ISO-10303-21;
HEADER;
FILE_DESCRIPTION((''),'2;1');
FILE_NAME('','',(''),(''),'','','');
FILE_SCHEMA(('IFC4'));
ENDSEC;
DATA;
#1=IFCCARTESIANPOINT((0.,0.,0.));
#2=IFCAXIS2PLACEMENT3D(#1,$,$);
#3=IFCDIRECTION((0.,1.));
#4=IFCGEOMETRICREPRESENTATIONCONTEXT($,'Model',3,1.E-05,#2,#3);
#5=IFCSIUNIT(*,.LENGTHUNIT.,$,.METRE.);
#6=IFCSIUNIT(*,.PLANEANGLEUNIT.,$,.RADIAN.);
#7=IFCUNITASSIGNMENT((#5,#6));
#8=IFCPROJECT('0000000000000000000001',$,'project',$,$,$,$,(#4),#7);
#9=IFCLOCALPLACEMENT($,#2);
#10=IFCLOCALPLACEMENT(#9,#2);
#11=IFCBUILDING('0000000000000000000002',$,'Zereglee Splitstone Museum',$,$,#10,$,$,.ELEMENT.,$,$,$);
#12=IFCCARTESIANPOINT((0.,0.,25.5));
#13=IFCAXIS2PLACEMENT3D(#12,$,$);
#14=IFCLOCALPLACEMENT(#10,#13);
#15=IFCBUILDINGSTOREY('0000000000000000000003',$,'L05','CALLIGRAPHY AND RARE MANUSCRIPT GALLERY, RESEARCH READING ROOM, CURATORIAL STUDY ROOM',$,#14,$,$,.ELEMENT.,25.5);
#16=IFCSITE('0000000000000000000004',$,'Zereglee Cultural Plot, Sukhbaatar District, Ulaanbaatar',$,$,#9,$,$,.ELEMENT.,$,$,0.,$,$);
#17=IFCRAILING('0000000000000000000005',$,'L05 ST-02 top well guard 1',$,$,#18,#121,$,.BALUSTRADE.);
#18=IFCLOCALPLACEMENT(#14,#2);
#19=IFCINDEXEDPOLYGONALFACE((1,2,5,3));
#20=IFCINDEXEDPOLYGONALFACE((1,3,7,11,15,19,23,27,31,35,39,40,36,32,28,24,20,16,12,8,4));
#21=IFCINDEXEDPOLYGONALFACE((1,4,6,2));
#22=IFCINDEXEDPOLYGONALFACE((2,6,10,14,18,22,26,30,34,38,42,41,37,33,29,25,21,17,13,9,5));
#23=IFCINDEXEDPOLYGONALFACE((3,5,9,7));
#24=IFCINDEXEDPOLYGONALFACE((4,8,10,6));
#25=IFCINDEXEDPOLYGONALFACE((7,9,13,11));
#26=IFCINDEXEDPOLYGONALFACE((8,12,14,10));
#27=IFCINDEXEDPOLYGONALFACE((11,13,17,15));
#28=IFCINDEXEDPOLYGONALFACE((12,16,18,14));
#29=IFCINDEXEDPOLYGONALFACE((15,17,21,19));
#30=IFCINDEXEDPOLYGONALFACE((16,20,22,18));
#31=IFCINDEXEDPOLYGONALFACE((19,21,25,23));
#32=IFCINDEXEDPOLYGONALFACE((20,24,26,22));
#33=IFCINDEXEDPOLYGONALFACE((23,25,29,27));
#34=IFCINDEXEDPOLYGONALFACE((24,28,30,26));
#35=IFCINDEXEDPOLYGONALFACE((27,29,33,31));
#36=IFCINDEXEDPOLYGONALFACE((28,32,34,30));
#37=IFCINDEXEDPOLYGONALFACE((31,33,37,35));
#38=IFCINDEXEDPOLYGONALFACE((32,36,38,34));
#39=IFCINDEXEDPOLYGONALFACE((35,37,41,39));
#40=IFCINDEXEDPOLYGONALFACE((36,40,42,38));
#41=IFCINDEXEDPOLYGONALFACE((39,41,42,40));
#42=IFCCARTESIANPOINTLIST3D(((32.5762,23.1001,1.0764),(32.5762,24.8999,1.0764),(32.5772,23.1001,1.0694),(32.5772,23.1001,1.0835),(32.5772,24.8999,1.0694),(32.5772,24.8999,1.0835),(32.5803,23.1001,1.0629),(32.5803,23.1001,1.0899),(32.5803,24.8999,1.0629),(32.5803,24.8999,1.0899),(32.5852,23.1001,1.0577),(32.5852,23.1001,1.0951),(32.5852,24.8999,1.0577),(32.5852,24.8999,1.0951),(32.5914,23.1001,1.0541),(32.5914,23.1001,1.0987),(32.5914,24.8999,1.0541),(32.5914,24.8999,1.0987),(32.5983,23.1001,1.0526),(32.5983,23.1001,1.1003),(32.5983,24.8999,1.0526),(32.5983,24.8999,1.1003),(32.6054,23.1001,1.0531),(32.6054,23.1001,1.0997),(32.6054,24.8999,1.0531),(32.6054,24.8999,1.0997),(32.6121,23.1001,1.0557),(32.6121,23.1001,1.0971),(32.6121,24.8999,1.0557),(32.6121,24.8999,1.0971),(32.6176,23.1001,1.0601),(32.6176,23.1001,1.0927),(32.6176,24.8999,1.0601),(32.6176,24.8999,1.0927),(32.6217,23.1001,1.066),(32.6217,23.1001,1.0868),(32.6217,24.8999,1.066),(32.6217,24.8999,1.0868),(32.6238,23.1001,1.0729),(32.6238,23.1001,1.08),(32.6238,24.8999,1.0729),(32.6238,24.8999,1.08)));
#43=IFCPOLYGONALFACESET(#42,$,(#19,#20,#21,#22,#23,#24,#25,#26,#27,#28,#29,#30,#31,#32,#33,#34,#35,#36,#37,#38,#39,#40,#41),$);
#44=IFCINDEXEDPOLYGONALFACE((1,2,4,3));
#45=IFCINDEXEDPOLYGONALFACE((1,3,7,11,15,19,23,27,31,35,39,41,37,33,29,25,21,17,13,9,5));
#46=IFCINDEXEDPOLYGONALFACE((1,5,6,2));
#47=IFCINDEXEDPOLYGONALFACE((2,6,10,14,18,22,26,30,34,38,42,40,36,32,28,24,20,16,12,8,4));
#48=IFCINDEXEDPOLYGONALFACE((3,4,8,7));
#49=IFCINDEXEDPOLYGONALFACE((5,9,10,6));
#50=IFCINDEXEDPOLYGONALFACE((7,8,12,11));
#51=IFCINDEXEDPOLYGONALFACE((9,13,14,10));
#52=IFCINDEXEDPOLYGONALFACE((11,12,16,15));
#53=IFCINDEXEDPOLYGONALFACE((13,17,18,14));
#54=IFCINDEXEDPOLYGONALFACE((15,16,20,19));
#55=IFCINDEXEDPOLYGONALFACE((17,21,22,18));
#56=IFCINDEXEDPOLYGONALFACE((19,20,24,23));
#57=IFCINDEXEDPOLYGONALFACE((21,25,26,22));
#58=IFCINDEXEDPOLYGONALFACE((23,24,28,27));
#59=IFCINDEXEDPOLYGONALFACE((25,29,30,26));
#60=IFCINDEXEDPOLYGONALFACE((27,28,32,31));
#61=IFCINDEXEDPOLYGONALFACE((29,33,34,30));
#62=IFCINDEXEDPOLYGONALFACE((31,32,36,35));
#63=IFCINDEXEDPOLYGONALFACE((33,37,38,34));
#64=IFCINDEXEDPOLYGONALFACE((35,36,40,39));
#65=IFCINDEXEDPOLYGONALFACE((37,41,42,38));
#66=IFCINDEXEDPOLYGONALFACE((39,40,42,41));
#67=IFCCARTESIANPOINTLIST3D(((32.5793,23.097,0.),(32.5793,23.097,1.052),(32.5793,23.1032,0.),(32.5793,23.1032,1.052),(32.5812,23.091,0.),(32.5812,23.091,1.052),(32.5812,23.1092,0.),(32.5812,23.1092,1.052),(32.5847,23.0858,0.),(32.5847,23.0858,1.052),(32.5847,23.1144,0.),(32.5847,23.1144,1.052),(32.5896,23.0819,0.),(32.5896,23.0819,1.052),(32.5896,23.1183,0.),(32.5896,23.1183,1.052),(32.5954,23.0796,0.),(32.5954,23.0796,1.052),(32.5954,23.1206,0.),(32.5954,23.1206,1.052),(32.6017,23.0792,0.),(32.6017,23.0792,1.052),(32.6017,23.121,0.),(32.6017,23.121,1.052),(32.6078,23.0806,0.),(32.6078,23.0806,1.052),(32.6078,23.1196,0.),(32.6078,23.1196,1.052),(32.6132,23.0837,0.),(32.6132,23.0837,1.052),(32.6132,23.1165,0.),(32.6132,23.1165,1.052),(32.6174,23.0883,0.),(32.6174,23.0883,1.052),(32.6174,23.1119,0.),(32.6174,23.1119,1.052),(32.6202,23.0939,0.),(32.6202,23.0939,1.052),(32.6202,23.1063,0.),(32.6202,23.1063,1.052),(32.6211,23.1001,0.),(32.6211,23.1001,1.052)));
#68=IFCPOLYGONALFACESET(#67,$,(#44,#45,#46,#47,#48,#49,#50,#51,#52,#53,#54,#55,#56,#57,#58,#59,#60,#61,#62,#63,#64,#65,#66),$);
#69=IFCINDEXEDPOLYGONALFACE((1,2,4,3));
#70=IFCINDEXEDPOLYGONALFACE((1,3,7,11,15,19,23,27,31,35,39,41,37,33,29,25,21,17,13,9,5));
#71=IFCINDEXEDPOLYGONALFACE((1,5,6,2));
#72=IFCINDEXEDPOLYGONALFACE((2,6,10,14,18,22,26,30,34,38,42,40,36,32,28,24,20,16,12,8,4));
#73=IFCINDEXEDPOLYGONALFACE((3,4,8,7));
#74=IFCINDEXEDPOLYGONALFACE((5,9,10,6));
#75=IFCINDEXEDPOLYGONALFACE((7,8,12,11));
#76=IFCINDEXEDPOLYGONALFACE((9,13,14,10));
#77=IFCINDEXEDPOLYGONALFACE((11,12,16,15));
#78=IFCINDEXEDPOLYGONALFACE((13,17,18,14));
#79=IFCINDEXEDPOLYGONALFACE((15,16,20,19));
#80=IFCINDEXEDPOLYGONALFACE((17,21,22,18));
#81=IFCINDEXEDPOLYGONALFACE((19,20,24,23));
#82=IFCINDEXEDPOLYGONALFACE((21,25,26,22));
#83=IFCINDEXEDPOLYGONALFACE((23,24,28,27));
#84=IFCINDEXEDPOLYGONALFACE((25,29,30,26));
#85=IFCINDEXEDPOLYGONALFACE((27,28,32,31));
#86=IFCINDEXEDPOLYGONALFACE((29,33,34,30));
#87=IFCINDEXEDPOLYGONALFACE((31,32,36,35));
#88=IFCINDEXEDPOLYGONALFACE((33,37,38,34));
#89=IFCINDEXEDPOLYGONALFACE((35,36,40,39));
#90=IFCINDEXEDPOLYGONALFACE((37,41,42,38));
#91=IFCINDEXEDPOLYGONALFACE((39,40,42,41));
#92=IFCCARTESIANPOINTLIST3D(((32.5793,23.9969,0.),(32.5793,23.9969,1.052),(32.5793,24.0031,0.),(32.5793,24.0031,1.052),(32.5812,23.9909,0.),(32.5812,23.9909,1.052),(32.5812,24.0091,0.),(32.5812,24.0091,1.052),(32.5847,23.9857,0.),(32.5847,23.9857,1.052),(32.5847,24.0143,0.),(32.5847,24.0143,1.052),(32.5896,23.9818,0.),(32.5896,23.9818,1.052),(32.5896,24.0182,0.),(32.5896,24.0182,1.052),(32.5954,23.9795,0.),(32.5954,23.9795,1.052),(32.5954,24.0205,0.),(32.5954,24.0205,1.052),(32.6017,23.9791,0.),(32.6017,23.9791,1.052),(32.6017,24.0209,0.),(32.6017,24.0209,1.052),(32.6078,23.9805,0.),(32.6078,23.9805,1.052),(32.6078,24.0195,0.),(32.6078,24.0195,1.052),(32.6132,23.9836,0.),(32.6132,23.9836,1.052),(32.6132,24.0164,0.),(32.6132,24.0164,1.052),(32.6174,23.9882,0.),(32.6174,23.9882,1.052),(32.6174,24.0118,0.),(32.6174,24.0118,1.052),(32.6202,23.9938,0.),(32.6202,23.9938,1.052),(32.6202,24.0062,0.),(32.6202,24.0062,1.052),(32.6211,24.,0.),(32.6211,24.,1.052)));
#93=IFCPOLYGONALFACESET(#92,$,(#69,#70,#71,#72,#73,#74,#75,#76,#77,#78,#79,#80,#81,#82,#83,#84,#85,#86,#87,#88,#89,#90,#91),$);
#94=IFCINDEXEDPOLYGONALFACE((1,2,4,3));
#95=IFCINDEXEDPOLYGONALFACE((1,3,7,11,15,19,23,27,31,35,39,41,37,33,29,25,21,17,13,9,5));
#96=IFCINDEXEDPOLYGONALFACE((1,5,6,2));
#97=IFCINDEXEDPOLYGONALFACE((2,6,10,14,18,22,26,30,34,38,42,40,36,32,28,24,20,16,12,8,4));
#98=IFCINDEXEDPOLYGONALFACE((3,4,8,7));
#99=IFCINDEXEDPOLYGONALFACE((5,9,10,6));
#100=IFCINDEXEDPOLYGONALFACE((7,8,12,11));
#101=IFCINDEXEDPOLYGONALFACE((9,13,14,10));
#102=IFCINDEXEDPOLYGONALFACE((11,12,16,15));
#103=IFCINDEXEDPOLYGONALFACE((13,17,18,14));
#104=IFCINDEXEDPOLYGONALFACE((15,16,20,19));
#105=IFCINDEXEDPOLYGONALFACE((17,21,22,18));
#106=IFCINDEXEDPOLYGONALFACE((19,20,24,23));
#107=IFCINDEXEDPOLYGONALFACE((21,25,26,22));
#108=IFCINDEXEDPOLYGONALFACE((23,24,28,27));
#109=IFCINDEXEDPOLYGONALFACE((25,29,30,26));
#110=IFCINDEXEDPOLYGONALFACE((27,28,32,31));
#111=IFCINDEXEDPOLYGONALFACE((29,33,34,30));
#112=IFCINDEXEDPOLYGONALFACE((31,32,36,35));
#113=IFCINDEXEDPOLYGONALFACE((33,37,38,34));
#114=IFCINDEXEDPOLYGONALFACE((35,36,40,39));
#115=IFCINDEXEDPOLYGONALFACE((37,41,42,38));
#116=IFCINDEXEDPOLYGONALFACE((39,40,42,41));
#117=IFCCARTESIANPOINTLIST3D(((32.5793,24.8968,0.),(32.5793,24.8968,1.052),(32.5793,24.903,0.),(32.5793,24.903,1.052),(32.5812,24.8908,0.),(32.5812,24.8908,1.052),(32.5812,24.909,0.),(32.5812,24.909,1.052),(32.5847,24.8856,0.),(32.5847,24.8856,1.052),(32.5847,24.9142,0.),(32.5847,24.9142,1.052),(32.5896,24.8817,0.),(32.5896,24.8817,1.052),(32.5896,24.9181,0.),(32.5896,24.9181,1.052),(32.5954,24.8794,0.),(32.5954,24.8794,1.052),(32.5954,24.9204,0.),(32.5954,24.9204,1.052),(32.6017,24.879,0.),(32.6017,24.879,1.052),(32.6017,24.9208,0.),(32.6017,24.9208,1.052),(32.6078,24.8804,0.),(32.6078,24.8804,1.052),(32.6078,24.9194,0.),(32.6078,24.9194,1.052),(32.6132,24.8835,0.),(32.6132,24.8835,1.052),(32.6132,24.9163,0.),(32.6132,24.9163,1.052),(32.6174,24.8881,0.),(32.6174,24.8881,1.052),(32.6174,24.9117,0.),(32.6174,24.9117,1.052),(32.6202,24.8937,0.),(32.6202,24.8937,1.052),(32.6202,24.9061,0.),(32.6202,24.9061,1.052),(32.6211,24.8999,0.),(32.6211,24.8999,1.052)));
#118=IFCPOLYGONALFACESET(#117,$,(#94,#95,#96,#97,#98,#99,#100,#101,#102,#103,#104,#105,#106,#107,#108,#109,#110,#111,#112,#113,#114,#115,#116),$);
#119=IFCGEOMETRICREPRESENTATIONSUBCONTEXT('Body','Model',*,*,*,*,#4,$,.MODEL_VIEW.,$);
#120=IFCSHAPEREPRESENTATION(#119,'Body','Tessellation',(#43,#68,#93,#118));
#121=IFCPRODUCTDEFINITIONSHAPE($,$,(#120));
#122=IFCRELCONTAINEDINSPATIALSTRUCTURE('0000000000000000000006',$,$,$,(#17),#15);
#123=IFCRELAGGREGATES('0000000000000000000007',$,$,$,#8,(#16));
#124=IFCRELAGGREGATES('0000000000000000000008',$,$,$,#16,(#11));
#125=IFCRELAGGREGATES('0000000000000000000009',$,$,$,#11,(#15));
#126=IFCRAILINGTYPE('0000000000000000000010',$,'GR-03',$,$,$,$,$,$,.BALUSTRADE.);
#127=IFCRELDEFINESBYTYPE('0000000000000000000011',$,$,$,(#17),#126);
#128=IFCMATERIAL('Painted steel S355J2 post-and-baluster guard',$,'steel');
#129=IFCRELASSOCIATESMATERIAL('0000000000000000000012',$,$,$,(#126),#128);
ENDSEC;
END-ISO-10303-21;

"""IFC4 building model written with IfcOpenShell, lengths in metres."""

from ifc_helpers import new_model, si_unit, direction, frame, origin, origin_2d, place, context, subcontext, project, spatial, circle, extrude, material, type_object, element, save


model = new_model("IFC4")

# Units and contexts
model_context = context("Model", 3, precision=1e-05, world=origin(), true_north=direction((0.0, 1.0)))
body_context = subcontext(model_context, "Body", "Model", "MODEL_VIEW")
ifc_project = project(units=[si_unit("LENGTHUNIT", "METRE"), si_unit("PLANEANGLEUNIT", "RADIAN")], contexts=[model_context])

# Site, building, storey
site_placement = place(None, origin())
site = spatial("IfcSite", under=ifc_project, at=site_placement, Name="Zereglee Cultural Plot, Sukhbaatar District, Ulaanbaatar", CompositionType="ELEMENT", RefElevation=0.0)
building_placement = place(site_placement, origin())
building = spatial("IfcBuilding", under=site, at=building_placement, Name="Zereglee Splitstone Museum", CompositionType="ELEMENT")
storey_placement = place(building_placement, frame((0.0, 0.0, 25.5)))
storey = spatial("IfcBuildingStorey", under=building, at=storey_placement, Name="L05", Description="CALLIGRAPHY AND RARE MANUSCRIPT GALLERY, RESEARCH READING ROOM, CURATORIAL STUDY ROOM", CompositionType="ELEMENT", Elevation=25.5)

# Railing
ifc_material_1 = material(Name="Painted steel S355J2 post-and-baluster guard", Category="steel")
railing_type = type_object("IfcRailingType", Name="GR-03", PredefinedType="BALUSTRADE", material=ifc_material_1)
railing_1_placement = place(storey_placement, frame((32.6001, 23.1001, 0.0)))
element("IfcRailing", 1, at=railing_1_placement, inside=storey, type_object=railing_type, Name="L05 ST-02 top well guard 1", PredefinedType="BALUSTRADE", context=body_context, shape_type="SweptSolid", body=[
    extrude(circle(Radius=0.0239, at=origin_2d()), frame((0.0, 0.0, 1.0764), z_axis=(0.0, 1.0, 0.0), x_axis=(-1.0, 0.0, 0.0)), (0.0, 0.0, 1.0), 1.7998),
    extrude(circle(Radius=0.021, at=origin_2d()), origin(), (0.0, 0.0, 1.0), 1.052),
    extrude(circle(Radius=0.021, at=origin_2d()), frame((0.0, 0.8999, 0.0)), (0.0, 0.0, 1.0), 1.052),
    extrude(circle(Radius=0.021, at=origin_2d()), frame((0.0, 1.7998, 0.0)), (0.0, 0.0, 1.0), 1.052),
])

save(model, "model.ifc")
